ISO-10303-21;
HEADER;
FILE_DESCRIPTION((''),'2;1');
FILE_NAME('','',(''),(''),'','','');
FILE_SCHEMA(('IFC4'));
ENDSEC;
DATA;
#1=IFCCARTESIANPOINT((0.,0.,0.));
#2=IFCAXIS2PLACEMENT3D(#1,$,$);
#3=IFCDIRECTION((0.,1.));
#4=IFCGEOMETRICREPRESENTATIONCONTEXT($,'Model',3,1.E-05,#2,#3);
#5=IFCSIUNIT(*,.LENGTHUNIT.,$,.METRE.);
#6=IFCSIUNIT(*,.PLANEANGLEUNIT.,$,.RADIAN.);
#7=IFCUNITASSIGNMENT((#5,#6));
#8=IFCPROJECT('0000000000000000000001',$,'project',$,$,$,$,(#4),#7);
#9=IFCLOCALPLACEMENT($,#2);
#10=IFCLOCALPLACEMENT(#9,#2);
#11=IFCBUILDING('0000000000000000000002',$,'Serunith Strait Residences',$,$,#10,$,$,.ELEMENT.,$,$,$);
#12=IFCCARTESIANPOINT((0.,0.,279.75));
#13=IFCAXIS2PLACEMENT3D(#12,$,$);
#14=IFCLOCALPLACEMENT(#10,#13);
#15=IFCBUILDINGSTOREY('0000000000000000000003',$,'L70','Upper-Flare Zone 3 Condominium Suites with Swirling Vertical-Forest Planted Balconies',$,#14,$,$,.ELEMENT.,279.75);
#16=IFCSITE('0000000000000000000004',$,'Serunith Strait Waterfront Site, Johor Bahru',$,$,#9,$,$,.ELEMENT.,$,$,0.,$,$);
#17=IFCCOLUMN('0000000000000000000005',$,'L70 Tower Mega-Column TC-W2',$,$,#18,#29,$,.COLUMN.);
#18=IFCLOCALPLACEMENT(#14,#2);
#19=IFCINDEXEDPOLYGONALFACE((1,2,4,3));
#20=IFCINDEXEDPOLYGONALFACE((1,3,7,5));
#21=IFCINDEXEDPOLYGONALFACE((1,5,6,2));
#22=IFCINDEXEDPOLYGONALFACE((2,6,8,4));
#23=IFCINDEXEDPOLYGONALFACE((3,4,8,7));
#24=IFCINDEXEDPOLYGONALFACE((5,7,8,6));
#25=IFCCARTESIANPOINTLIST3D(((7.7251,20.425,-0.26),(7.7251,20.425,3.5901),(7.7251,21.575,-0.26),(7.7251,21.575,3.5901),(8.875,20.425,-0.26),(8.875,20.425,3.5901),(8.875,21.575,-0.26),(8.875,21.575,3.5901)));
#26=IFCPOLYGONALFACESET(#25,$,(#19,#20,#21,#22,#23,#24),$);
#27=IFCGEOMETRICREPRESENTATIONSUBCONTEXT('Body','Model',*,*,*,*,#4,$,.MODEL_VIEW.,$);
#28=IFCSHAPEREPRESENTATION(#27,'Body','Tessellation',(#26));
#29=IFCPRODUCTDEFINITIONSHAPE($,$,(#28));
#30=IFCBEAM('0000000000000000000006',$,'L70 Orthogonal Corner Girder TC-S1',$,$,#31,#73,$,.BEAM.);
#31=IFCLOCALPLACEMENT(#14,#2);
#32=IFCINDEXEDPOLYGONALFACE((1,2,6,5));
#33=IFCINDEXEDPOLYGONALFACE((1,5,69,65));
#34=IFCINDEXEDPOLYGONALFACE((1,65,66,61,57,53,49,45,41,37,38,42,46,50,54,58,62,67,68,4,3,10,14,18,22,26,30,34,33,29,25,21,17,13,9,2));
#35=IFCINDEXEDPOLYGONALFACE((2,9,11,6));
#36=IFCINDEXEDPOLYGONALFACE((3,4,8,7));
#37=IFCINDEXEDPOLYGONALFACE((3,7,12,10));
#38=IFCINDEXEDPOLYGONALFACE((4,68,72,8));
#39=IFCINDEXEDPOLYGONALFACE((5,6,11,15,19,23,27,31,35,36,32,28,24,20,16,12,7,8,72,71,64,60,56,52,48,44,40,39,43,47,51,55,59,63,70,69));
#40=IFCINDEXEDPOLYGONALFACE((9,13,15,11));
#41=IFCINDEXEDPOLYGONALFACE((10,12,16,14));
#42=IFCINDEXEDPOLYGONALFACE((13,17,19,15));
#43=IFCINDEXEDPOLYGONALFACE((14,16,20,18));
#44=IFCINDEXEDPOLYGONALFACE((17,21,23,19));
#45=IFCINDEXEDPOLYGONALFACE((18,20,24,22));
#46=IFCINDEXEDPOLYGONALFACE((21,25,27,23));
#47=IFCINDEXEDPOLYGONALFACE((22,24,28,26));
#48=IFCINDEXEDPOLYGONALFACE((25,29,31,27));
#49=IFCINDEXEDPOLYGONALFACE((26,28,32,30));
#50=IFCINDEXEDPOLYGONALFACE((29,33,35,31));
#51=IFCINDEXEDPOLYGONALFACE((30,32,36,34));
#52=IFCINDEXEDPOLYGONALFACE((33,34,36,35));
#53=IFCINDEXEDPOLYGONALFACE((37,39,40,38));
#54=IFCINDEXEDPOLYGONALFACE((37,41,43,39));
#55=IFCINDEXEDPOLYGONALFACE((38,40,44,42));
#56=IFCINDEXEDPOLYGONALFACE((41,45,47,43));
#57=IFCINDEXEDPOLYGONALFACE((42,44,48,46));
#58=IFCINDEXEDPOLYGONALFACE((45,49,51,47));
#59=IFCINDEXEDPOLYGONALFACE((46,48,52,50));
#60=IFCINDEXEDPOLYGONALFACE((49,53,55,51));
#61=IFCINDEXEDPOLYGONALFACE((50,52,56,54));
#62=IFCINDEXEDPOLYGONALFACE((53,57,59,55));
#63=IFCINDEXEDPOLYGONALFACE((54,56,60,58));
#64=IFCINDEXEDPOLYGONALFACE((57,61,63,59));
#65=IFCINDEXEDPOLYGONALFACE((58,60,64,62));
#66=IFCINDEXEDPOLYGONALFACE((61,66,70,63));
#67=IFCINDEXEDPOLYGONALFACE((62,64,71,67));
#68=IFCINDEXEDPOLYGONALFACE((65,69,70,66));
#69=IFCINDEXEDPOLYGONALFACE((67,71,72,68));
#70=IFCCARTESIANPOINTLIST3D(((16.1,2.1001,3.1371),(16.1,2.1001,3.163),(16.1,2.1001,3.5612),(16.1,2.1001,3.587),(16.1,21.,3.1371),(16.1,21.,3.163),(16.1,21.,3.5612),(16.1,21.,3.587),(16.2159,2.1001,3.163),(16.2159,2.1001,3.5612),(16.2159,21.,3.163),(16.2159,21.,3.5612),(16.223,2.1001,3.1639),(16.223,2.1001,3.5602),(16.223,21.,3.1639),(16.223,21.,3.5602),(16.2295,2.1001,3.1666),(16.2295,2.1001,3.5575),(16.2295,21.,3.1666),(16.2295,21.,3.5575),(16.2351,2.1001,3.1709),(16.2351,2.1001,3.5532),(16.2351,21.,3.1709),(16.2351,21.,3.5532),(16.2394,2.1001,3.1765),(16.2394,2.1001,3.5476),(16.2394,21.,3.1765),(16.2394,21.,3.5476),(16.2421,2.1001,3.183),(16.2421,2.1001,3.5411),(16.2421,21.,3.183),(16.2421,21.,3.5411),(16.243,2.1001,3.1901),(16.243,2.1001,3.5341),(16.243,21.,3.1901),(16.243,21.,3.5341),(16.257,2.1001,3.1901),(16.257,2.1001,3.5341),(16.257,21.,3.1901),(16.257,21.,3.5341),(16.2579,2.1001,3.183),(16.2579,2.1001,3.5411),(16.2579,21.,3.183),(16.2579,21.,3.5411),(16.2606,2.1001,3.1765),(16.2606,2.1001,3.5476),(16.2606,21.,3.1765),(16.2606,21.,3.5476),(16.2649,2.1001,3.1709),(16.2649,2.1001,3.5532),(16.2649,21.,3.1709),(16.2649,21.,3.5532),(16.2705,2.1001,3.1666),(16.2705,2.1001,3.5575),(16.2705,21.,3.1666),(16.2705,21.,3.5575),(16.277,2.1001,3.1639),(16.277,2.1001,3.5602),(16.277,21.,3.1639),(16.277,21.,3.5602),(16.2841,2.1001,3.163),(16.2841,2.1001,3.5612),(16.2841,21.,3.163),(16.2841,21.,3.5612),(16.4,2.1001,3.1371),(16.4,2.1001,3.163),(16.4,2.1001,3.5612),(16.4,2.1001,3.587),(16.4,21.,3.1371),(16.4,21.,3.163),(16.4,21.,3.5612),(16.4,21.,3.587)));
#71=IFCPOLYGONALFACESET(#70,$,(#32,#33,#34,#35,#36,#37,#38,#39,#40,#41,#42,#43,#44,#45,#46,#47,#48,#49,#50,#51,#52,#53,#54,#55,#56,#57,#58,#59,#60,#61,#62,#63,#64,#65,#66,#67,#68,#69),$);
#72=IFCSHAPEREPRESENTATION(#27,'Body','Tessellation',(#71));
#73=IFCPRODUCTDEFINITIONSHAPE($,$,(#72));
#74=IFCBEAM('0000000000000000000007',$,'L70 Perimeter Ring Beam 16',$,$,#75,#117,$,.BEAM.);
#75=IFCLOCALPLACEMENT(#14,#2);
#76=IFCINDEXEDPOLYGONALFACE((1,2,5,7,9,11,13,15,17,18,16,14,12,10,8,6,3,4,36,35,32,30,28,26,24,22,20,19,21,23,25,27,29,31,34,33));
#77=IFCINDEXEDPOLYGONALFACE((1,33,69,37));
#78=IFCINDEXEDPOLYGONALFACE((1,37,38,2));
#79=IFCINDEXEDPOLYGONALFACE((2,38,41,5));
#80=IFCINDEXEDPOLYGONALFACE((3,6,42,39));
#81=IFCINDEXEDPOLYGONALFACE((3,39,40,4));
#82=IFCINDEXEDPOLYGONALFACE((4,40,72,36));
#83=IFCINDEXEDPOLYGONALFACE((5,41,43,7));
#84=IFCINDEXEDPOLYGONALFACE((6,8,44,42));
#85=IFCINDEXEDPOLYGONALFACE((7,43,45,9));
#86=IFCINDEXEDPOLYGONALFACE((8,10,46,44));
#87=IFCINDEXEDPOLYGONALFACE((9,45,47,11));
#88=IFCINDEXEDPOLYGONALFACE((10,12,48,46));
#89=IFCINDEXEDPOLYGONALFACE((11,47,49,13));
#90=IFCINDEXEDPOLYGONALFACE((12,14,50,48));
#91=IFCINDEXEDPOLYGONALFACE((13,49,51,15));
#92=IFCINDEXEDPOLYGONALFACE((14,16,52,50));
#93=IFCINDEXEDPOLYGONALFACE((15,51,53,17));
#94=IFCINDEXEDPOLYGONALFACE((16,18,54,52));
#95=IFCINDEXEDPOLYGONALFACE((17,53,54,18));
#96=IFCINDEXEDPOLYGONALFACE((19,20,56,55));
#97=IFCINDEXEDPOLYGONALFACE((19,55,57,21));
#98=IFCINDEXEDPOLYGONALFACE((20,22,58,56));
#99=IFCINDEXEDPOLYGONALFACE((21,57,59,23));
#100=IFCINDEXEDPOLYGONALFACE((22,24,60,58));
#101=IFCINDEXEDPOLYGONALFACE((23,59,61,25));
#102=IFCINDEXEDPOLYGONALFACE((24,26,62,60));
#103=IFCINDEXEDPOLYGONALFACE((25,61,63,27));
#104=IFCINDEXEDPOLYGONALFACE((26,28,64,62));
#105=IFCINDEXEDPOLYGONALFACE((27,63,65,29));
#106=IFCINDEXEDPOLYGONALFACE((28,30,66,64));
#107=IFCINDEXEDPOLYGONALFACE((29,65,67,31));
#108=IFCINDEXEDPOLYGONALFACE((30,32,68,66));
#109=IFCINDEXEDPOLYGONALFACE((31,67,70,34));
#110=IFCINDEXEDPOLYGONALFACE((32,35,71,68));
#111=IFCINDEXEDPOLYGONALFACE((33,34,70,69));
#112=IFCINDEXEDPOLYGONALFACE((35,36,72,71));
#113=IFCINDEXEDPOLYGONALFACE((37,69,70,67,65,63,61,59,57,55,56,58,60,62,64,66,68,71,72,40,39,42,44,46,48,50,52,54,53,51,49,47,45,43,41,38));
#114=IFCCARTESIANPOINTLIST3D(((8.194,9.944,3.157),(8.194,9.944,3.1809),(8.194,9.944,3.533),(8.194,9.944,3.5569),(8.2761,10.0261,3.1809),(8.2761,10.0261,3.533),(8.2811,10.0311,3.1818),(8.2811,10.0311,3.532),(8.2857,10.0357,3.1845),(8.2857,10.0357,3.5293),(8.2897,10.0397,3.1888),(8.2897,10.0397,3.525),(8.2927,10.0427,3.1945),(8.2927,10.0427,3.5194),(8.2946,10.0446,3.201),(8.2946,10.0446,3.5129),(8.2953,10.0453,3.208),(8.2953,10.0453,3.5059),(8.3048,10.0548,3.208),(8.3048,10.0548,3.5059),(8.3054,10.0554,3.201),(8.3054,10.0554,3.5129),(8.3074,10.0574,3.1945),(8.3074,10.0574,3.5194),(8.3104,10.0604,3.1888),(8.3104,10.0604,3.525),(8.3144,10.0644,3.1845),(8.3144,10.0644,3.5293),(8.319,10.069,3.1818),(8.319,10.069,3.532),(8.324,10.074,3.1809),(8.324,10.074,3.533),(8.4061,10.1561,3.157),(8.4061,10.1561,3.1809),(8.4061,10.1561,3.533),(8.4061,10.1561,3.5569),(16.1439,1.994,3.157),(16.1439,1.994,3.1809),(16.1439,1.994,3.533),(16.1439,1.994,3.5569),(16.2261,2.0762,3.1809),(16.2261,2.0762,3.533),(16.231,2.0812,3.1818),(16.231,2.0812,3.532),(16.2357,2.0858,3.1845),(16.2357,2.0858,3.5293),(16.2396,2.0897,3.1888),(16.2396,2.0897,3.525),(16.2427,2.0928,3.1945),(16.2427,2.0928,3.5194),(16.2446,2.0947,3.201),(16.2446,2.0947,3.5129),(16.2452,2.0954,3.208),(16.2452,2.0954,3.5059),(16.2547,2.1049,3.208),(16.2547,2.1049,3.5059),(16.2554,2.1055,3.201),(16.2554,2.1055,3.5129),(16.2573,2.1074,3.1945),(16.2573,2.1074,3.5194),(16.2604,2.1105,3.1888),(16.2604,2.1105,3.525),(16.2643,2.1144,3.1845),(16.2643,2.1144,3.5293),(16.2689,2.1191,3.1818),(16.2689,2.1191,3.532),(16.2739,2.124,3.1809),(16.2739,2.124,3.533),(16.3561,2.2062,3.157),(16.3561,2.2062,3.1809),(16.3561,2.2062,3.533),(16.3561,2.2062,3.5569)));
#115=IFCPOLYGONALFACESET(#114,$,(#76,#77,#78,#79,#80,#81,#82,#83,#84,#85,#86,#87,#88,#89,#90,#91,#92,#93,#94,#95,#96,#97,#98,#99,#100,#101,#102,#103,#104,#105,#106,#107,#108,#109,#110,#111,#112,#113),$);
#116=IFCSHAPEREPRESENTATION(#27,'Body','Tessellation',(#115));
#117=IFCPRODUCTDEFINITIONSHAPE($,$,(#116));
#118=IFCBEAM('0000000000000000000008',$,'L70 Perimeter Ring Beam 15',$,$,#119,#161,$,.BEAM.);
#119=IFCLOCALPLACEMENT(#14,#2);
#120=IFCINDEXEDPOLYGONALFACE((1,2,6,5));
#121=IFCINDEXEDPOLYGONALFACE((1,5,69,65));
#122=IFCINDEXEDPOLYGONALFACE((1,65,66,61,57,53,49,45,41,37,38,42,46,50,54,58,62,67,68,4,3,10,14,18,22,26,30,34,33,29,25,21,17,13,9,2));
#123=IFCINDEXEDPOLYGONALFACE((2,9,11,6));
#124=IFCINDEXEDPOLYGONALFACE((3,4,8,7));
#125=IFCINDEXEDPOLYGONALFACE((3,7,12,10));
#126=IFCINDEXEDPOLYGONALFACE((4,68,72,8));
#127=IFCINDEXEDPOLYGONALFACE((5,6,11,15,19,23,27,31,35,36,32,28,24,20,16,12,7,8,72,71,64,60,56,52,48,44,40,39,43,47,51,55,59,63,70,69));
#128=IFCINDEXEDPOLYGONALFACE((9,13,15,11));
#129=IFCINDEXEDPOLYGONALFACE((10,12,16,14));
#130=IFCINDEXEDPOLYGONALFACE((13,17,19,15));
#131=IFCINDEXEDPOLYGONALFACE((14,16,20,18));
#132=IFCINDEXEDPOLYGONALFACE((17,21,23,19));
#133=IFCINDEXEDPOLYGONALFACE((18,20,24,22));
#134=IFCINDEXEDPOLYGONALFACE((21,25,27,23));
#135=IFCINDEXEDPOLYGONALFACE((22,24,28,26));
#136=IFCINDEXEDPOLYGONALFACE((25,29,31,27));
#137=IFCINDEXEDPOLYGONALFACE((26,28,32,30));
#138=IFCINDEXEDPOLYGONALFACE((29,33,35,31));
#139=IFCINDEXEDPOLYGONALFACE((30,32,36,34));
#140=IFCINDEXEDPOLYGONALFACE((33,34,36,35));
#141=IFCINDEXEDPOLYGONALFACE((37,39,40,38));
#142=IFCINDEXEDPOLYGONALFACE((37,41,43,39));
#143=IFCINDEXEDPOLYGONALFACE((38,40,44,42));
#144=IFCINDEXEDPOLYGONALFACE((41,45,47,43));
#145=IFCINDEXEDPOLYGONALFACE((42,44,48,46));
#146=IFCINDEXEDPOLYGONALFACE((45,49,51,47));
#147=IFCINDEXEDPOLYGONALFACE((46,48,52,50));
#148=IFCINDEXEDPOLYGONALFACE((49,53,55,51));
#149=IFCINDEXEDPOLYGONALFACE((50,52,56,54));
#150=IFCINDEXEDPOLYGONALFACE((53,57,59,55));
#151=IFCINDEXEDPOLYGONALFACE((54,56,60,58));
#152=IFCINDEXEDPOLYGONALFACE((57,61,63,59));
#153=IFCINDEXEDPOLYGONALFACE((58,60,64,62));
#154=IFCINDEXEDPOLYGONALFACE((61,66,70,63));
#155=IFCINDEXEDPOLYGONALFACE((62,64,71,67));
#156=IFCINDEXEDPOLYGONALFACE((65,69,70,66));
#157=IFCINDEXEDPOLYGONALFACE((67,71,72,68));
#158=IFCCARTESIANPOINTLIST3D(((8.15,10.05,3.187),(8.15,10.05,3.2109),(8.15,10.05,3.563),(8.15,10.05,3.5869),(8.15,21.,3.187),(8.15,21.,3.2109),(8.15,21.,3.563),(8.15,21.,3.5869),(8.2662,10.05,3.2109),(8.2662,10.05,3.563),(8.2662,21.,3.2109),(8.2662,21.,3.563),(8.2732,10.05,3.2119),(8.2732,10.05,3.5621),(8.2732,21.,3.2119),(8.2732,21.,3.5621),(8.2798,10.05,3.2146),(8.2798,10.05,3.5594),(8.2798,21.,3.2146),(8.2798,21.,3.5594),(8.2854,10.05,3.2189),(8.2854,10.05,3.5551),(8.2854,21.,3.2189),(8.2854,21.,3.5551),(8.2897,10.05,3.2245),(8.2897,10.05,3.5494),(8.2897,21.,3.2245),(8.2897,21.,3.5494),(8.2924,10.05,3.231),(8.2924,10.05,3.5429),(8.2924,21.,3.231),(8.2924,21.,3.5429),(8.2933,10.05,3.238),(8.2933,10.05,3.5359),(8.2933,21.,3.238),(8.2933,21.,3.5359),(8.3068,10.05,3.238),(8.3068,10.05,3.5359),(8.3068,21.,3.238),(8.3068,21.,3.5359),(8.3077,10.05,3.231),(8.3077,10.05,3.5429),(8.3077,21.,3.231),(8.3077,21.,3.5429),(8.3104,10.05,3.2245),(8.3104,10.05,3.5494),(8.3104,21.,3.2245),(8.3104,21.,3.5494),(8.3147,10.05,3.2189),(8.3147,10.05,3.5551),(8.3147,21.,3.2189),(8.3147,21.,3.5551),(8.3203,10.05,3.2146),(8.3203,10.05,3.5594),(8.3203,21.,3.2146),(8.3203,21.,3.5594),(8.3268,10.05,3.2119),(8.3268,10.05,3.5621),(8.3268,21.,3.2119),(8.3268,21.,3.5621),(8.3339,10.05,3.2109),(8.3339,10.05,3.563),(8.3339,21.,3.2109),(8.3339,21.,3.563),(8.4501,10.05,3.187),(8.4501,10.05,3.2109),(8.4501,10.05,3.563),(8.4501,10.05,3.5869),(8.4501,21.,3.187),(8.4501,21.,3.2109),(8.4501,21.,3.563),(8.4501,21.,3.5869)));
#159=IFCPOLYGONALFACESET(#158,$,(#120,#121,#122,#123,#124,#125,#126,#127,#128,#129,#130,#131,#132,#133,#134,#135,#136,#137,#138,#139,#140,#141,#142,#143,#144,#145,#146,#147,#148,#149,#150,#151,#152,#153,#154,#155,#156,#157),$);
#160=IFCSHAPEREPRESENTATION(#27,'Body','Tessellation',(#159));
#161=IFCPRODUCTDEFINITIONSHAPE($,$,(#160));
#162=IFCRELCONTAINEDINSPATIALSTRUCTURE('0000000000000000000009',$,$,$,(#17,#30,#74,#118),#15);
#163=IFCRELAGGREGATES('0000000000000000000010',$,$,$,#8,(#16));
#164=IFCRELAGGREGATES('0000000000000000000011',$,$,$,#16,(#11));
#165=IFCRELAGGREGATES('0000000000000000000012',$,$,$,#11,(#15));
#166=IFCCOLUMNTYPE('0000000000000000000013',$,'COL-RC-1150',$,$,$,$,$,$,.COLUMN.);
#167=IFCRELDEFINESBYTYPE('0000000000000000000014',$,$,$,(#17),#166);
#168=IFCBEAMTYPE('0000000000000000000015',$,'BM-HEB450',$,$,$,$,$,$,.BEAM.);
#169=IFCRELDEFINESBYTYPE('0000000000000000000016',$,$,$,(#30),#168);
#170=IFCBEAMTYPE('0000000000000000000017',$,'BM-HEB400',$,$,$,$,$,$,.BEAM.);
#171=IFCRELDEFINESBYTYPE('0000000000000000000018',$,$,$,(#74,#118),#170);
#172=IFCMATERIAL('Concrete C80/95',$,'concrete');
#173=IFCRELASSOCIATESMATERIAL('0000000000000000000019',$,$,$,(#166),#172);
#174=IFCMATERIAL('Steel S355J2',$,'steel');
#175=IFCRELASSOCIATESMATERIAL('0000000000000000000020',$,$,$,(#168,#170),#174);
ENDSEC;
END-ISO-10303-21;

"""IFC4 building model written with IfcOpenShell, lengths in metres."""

from ifc_helpers import new_model, si_unit, direction, frame, origin, origin_2d, place, context, subcontext, project, spatial, rectangle, i_section, extrude, source, transform, mapped, material, material_profile, profile_set, type_object, element, save


model = new_model("IFC4")

# Units and contexts
model_context = context("Model", 3, precision=1e-05, world=origin(), true_north=direction((0.0, 1.0)))
body_context = subcontext(model_context, "Body", "Model", "MODEL_VIEW")
ifc_project = project(units=[si_unit("LENGTHUNIT", "METRE"), si_unit("PLANEANGLEUNIT", "RADIAN")], contexts=[model_context])

# Site, building, storey
site_placement = place(None, origin())
site = spatial("IfcSite", under=ifc_project, at=site_placement, Name="Serunith Strait Waterfront Site, Johor Bahru", CompositionType="ELEMENT", RefElevation=0.0)
building_placement = place(site_placement, origin())
building = spatial("IfcBuilding", under=site, at=building_placement, Name="Serunith Strait Residences", CompositionType="ELEMENT")
storey_placement = place(building_placement, frame((0.0, 0.0, 279.75)))
storey = spatial("IfcBuildingStorey", under=building, at=storey_placement, Name="L70", Description="Upper-Flare Zone 3 Condominium Suites with Swirling Vertical-Forest Planted Balconies", CompositionType="ELEMENT", Elevation=279.75)

# Column
ifc_material_1 = material(Name="Concrete C80/95", Category="concrete")
ifc_material_profile_1 = material_profile(ifc_material_1, rectangle(XDim=1.1499, YDim=1.1499, at=origin_2d()), Name="RC 1150x1150")
ifc_profile_set_1 = profile_set([ifc_material_profile_1], Name="Concrete C80/95")
column_type = type_object("IfcColumnType", Name="COL-RC-1150", PredefinedType="COLUMN", material=ifc_profile_set_1)
shared_shape_1 = source(origin(), body_context, "Body", "SweptSolid", [
    extrude(rectangle(XDim=1.1499, YDim=1.1499, at=origin_2d()), origin(), (0.0, 0.0, 1.0), 3.8501),
])
column_placement = place(storey_placement, frame((8.3, 21.0, -0.26), z_axis=(0.0, 0.0, 1.0), x_axis=(1.0, 0.0, 0.0)))
element("IfcColumn", 1, at=column_placement, inside=storey, type_object=column_type, Name="L70 Tower Mega-Column TC-W2", PredefinedType="COLUMN", context=body_context, shape_type="MappedRepresentation", body=[
    mapped(shared_shape_1, transform((0.0, 0.0, 0.0), scale=1.0)),
])

# Beams
ifc_material_2 = material(Name="Steel S355J2", Category="steel")
ifc_material_profile_2 = material_profile(ifc_material_2, i_section(OverallWidth=0.3, OverallDepth=0.45, WebThickness=0.0139, FlangeThickness=0.0259, FilletRadius=0.0271, at=origin_2d()), Name="HEB 450")
ifc_profile_set_2 = profile_set([ifc_material_profile_2], Name="Steel S355J2")
beam_type_1 = type_object("IfcBeamType", Name="BM-HEB450", PredefinedType="BEAM", material=ifc_profile_set_2)
shared_shape_2 = source(origin(), body_context, "Body", "SweptSolid", [
    extrude(i_section(OverallWidth=0.3, OverallDepth=0.45, WebThickness=0.0139, FlangeThickness=0.0259, FilletRadius=0.0271, at=origin_2d()), origin(), (0.0, 0.0, 1.0), 18.8999),
])
beam_1_placement = place(storey_placement, frame((16.25, 21.0, 3.3621), z_axis=(0.0, -1.0, 0.0), x_axis=(1.0, 0.0, 0.0)))
element("IfcBeam", 2, at=beam_1_placement, inside=storey, type_object=beam_type_1, Name="L70 Orthogonal Corner Girder TC-S1", PredefinedType="BEAM", context=body_context, shape_type="MappedRepresentation", body=[
    mapped(shared_shape_2, transform((0.0, 0.0, 0.0), scale=1.0)),
])
ifc_material_profile_3 = material_profile(ifc_material_2, i_section(OverallWidth=0.3, OverallDepth=0.3999, WebThickness=0.0134, FlangeThickness=0.0239, FilletRadius=0.0271, at=origin_2d()), Name="HEB 400")
ifc_profile_set_3 = profile_set([ifc_material_profile_3], Name="Steel S355J2")
beam_type_2 = type_object("IfcBeamType", Name="BM-HEB400", PredefinedType="BEAM", material=ifc_profile_set_3)
shared_shape_3 = source(origin(), body_context, "Body", "SweptSolid", [
    extrude(i_section(OverallWidth=0.3, OverallDepth=0.3999, WebThickness=0.0134, FlangeThickness=0.0239, FilletRadius=0.0271, at=origin_2d()), origin(), (0.0, 0.0, 1.0), 11.2429),
])
beam_2_placement = place(storey_placement, frame((8.3, 10.05, 3.3569), z_axis=(0.707107, -0.707107, 0.0), x_axis=(0.707107, 0.707107, 0.0)))
element("IfcBeam", 3, at=beam_2_placement, inside=storey, type_object=beam_type_2, Name="L70 Perimeter Ring Beam 16", PredefinedType="BEAM", context=body_context, shape_type="MappedRepresentation", body=[
    mapped(shared_shape_3, transform((0.0, 0.0, 0.0), scale=1.0)),
])
shared_shape_4 = source(origin(), body_context, "Body", "SweptSolid", [
    extrude(i_section(OverallWidth=0.3, OverallDepth=0.3999, WebThickness=0.0134, FlangeThickness=0.0239, FilletRadius=0.0271, at=origin_2d()), origin(), (0.0, 0.0, 1.0), 10.95),
])
beam_3_placement = place(storey_placement, frame((8.3, 21.0, 3.387), z_axis=(0.0, -1.0, 0.0), x_axis=(1.0, 0.0, 0.0)))
element("IfcBeam", 4, at=beam_3_placement, inside=storey, type_object=beam_type_2, Name="L70 Perimeter Ring Beam 15", PredefinedType="BEAM", context=body_context, shape_type="MappedRepresentation", body=[
    mapped(shared_shape_4, transform((0.0, 0.0, 0.0), scale=1.0)),
])

save(model, "model.ifc")
